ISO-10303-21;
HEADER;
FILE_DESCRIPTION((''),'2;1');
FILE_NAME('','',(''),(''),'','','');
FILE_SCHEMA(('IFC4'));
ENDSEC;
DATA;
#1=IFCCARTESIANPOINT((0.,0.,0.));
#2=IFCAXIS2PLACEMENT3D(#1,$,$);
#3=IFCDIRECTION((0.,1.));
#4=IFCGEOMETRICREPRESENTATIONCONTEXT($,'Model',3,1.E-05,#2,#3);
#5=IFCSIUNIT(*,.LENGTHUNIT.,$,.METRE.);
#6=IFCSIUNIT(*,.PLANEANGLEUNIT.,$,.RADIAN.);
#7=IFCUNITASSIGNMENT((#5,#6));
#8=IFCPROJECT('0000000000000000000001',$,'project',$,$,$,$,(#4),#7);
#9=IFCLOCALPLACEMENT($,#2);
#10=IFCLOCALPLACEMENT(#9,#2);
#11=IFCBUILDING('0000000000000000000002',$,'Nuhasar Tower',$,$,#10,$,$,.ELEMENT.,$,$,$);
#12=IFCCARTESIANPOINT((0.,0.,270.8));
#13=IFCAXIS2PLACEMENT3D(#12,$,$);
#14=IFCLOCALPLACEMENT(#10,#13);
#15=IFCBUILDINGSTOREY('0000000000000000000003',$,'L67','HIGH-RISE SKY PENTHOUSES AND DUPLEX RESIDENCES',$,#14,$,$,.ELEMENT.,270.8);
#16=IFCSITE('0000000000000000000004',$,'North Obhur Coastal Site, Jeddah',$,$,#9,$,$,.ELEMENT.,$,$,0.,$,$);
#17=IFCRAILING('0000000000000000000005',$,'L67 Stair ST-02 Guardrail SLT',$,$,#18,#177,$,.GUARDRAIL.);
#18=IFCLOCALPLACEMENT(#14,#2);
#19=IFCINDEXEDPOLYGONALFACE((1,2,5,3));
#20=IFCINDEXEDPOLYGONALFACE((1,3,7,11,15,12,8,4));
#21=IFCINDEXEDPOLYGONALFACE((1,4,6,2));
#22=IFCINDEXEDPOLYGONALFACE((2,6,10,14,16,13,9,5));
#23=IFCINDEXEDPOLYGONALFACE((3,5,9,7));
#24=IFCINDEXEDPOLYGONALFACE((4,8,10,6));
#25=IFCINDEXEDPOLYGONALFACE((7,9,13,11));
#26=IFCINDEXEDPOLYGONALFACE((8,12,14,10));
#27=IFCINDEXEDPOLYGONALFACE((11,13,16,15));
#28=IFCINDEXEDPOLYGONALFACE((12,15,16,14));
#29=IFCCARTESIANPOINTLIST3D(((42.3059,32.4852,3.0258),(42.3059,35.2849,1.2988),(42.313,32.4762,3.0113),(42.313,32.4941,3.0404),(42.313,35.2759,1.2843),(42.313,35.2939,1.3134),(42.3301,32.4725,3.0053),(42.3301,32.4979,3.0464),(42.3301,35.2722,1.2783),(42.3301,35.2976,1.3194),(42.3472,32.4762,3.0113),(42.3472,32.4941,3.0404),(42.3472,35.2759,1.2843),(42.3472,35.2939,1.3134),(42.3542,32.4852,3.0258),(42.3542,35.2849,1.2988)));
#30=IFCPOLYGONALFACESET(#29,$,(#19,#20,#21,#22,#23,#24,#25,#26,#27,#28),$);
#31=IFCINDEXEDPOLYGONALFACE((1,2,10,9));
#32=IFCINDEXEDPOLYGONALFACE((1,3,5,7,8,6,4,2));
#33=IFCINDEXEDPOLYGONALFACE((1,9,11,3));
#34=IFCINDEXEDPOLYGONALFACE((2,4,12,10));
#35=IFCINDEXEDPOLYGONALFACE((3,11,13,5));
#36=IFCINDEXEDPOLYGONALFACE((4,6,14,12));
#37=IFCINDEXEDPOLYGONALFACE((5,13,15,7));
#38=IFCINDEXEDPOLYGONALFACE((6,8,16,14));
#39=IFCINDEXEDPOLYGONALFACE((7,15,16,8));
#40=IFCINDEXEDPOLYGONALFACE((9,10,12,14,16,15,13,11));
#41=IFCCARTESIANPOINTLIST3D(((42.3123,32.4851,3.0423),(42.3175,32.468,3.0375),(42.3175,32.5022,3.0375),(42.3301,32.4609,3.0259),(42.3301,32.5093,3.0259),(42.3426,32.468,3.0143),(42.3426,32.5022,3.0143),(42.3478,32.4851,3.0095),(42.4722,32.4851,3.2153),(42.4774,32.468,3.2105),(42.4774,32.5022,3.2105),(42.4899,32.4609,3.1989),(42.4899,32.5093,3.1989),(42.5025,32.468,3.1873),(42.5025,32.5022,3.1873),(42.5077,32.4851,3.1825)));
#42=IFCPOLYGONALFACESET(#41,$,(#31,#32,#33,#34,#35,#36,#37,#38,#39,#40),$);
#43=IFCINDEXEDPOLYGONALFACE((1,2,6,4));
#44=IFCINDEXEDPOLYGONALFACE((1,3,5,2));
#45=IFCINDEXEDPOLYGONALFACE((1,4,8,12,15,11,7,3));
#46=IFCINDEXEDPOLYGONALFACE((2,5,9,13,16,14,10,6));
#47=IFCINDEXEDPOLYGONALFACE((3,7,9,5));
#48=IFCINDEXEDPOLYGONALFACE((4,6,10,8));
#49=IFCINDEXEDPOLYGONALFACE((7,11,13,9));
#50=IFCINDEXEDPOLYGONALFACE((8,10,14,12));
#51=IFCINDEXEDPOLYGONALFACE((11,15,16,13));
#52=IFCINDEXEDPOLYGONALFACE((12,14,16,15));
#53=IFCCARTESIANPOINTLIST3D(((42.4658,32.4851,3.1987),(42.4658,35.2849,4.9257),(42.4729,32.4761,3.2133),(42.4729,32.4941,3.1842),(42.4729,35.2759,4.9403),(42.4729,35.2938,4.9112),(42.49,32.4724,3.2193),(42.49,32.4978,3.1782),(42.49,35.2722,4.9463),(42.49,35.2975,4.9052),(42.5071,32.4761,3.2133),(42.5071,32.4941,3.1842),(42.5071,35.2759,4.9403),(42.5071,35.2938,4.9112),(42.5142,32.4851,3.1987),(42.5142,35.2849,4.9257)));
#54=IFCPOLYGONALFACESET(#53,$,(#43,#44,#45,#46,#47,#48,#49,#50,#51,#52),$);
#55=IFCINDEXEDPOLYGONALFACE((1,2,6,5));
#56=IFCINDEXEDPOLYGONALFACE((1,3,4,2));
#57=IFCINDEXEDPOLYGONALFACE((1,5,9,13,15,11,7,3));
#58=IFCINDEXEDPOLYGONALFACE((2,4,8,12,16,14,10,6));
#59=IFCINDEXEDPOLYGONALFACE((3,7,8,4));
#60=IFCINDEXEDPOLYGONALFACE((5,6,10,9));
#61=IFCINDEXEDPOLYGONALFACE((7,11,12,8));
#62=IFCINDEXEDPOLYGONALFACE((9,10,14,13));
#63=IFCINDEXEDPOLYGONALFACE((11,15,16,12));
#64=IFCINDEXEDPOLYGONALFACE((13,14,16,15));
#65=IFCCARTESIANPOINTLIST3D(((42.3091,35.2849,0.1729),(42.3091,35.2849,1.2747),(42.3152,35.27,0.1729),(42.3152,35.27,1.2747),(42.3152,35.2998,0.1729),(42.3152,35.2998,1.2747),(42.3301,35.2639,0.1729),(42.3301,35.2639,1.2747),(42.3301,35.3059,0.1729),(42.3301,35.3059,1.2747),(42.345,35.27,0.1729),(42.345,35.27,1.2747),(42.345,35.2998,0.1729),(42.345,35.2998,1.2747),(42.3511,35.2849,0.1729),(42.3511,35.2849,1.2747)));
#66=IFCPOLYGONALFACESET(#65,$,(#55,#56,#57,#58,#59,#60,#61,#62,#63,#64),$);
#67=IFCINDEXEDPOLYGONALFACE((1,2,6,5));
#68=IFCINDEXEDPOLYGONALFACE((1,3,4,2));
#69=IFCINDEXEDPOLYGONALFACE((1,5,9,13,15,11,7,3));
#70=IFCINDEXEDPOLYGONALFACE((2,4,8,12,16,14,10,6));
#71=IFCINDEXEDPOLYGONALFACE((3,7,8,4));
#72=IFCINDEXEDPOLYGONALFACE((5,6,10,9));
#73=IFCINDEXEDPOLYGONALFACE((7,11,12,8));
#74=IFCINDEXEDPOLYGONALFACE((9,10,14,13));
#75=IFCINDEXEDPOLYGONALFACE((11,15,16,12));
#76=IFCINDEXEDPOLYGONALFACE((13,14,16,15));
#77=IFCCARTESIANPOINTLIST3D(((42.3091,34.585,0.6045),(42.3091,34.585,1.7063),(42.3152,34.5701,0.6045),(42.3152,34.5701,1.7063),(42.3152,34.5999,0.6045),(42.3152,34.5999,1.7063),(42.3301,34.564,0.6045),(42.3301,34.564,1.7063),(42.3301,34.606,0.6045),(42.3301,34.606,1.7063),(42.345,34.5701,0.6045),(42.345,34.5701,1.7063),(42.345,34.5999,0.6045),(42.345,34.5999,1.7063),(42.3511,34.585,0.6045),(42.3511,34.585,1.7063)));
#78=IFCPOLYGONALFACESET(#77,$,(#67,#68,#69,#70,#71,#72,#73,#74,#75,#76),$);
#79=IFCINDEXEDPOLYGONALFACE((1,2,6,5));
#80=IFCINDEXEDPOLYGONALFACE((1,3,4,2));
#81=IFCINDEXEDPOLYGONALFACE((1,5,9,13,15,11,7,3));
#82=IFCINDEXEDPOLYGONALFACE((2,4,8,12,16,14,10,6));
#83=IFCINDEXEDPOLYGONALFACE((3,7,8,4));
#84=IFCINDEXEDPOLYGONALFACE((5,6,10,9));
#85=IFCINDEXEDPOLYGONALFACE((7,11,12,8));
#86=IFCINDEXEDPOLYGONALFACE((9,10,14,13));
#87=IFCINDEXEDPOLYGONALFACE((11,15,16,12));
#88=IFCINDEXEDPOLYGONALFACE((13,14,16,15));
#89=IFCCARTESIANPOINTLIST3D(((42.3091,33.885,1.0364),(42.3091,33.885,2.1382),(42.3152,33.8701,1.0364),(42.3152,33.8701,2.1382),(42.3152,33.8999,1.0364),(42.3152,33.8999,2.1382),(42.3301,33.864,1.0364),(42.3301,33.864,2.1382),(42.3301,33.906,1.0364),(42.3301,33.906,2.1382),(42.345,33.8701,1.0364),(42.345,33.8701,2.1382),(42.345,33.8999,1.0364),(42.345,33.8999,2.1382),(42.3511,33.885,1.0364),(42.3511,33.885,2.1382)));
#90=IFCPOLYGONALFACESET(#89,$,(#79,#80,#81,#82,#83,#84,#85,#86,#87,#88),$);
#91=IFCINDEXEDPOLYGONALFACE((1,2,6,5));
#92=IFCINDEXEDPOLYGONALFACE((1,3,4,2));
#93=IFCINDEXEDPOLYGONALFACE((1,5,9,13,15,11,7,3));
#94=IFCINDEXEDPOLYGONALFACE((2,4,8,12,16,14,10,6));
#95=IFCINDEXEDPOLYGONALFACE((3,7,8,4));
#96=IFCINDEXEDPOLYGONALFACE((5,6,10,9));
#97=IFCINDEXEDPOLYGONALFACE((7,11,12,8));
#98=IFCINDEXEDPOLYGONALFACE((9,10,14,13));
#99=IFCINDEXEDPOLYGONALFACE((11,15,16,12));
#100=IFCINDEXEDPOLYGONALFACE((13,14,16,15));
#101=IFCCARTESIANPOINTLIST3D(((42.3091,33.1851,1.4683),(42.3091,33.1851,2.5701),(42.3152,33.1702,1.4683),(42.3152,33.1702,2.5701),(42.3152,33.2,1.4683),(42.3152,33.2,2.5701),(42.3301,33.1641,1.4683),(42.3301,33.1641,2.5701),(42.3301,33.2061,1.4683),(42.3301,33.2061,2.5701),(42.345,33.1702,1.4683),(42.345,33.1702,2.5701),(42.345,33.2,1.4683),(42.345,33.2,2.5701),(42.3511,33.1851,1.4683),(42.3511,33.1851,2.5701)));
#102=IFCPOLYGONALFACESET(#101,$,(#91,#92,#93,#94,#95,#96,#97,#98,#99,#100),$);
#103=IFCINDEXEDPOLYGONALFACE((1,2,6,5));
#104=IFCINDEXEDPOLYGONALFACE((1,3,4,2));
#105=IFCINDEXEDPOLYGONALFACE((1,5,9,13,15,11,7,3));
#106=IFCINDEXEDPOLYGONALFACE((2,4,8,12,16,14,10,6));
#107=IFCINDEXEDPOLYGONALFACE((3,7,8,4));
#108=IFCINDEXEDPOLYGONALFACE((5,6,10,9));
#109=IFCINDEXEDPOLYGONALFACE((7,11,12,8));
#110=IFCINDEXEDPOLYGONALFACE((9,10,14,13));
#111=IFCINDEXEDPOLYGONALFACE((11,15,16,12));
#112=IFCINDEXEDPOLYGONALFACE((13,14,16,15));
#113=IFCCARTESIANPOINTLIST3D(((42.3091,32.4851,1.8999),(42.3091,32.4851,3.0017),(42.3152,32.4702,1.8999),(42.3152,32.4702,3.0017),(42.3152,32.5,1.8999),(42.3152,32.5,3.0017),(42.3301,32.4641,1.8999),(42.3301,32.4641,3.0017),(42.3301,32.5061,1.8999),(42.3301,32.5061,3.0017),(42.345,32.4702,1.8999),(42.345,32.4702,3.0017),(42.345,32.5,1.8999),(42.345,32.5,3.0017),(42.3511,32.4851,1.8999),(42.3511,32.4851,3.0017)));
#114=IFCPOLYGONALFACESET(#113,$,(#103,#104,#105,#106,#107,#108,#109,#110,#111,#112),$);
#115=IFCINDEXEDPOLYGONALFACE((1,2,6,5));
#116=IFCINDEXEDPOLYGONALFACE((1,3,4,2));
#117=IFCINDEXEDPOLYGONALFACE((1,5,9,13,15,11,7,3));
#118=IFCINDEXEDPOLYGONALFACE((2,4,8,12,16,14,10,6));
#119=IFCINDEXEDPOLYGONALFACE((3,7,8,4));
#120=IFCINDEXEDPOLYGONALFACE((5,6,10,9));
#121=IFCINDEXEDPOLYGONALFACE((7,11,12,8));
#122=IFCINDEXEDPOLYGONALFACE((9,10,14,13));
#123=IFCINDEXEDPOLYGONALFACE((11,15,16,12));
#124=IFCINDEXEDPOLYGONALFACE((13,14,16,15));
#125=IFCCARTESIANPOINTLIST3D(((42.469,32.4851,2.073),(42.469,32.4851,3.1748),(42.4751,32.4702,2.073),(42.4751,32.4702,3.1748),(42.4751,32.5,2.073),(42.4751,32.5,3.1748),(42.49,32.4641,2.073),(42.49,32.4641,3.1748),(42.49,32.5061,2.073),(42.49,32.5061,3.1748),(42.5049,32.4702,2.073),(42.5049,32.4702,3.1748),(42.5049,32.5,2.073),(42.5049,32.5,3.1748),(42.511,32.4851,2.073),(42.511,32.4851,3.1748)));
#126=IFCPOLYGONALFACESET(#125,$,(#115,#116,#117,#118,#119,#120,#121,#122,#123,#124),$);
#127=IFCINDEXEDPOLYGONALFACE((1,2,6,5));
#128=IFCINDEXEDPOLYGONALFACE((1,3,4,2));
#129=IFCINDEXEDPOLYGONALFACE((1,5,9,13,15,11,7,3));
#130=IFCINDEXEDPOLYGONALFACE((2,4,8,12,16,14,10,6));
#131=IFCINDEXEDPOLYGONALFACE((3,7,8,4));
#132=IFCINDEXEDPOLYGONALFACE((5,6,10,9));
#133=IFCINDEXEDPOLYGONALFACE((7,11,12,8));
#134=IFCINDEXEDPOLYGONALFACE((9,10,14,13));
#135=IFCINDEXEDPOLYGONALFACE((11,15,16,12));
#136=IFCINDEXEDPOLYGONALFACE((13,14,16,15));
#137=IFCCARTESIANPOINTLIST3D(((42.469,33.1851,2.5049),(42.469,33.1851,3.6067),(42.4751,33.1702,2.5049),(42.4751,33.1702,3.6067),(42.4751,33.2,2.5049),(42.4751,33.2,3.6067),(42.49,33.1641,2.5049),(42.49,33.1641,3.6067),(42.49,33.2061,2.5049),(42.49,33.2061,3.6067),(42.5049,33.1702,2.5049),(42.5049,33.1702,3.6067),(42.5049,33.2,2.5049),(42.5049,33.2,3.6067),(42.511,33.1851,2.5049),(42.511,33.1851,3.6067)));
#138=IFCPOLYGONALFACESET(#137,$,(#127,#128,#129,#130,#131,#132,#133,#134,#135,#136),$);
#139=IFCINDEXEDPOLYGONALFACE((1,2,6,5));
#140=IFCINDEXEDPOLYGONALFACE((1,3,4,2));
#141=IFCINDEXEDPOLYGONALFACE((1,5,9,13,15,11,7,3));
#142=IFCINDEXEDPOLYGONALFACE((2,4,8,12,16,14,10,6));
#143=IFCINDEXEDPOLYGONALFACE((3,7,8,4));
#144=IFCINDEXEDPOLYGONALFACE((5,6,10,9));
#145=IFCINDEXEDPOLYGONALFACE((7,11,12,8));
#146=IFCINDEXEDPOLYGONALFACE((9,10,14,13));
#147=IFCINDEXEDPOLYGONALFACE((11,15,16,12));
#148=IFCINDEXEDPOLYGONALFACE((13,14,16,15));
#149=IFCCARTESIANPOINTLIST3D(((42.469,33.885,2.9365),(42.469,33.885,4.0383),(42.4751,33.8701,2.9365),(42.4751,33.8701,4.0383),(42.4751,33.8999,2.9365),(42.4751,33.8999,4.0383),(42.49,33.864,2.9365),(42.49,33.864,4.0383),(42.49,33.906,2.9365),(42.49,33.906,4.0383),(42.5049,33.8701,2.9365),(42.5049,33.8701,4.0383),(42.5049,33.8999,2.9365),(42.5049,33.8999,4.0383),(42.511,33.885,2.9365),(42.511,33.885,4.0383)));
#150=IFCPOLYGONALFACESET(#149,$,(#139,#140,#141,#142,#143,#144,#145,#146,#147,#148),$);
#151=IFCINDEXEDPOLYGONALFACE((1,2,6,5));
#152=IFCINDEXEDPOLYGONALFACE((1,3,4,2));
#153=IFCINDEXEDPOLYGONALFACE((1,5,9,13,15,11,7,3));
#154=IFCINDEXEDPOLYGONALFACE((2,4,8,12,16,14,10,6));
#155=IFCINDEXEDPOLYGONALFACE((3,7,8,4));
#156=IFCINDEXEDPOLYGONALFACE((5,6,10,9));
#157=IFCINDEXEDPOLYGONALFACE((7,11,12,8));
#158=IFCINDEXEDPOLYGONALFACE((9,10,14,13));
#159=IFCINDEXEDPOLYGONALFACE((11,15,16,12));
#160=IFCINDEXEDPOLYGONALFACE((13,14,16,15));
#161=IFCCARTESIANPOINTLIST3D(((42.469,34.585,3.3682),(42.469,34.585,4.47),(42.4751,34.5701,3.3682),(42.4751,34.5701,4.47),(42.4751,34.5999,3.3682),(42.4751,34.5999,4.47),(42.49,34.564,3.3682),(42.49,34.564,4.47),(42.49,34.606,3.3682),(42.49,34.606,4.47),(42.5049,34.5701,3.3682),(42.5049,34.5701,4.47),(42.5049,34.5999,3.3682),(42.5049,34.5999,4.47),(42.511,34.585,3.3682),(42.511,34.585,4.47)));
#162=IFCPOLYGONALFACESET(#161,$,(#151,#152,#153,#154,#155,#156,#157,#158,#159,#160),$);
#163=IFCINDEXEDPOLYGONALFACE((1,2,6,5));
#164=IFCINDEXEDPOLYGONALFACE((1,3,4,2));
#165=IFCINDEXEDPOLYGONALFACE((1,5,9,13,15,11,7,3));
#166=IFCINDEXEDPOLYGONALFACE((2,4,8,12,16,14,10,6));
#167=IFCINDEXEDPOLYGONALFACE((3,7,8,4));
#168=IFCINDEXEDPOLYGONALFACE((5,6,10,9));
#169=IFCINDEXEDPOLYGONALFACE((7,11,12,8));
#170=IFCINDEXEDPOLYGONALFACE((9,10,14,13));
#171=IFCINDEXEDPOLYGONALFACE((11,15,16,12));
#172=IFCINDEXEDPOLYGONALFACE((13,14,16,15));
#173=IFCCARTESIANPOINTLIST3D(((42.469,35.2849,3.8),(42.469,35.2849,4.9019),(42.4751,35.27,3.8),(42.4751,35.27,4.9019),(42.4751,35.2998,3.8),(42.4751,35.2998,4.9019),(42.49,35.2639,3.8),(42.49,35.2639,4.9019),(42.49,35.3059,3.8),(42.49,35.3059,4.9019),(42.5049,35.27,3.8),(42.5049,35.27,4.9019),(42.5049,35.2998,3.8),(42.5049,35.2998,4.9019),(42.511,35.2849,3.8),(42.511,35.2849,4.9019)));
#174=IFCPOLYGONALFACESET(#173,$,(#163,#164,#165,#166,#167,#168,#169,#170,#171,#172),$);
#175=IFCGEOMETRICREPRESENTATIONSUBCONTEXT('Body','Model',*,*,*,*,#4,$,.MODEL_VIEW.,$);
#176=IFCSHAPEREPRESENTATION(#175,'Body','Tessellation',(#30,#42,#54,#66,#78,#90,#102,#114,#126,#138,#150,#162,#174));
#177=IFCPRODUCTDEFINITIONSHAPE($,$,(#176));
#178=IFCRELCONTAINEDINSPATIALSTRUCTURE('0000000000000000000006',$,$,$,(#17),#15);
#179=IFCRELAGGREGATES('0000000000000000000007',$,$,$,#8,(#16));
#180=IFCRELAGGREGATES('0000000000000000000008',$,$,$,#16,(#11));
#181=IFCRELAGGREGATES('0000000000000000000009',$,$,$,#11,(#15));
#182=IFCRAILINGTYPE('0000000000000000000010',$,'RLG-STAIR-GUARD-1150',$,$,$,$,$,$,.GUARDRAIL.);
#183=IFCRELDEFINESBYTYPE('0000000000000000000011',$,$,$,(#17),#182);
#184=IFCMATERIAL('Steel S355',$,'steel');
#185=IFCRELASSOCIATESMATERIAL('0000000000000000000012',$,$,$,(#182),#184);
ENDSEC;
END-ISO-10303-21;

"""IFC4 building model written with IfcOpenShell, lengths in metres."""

from ifc_helpers import new_model, si_unit, direction, frame, origin, place, context, subcontext, project, spatial, polyline, outline, extrude, material, type_object, element, save


model = new_model("IFC4")

# Units and contexts
model_context = context("Model", 3, precision=1e-05, world=origin(), true_north=direction((0.0, 1.0)))
body_context = subcontext(model_context, "Body", "Model", "MODEL_VIEW")
ifc_project = project(units=[si_unit("LENGTHUNIT", "METRE"), si_unit("PLANEANGLEUNIT", "RADIAN")], contexts=[model_context])

# Site, building, storey
site_placement = place(None, origin())
site = spatial("IfcSite", under=ifc_project, at=site_placement, Name="North Obhur Coastal Site, Jeddah", CompositionType="ELEMENT", RefElevation=0.0)
building_placement = place(site_placement, origin())
building = spatial("IfcBuilding", under=site, at=building_placement, Name="Nuhasar Tower", CompositionType="ELEMENT")
storey_placement = place(building_placement, frame((0.0, 0.0, 270.8)))
storey = spatial("IfcBuildingStorey", under=building, at=storey_placement, Name="L67", Description="HIGH-RISE SKY PENTHOUSES AND DUPLEX RESIDENCES", CompositionType="ELEMENT", Elevation=270.8)

# Shared definitions
ifc_material_1 = material(Name="Steel S355", Category="steel")

# Railing
railing_type_1 = type_object("IfcRailingType", Name="RLG-STAIR-GUARD-1150", PredefinedType="GUARDRAIL", material=ifc_material_1)
railing_1_placement = place(storey_placement, frame((42.3301, 35.2849, 0.1729)))
element("IfcRailing", 1, at=railing_1_placement, inside=storey, type_object=railing_type_1, Name="L67 Stair ST-02 Guardrail SLT", PredefinedType="GUARDRAIL", context=body_context, shape_type="SweptSolid", body=[
    extrude(outline(polyline([(0.0242, 0.0), (0.0171, 0.0171), (0.0, 0.0242), (-0.0171, 0.0171), (-0.0242, 0.0), (-0.0171, -0.0171), (0.0, -0.0242), (0.0171, -0.0171), (0.0242, 0.0)])), frame((0.0, 0.0, 1.126), z_axis=(0.0, -0.851102, 0.525), x_axis=(1.0, 0.0, 0.0)), (0.0, 0.0, 1.0), 3.2896),
    extrude(outline(polyline([(0.0242, 0.0), (0.0171, 0.0171), (0.0, 0.0242), (-0.0171, 0.0171), (-0.0242, 0.0), (-0.0171, -0.0171), (0.0, -0.0242), (0.0171, -0.0171), (0.0242, 0.0)])), frame((0.0, -2.7998, 2.853), z_axis=(0.678581, 0.0, 0.734525), x_axis=(0.0, 1.0, 0.0)), (0.0, 0.0, 1.0), 0.2356),
    extrude(outline(polyline([(0.0242, 0.0), (0.0171, 0.0171), (0.0, 0.0242), (-0.0171, 0.0171), (-0.0242, 0.0), (-0.0171, -0.0171), (0.0, -0.0242), (0.0171, -0.0171), (0.0242, 0.0)])), frame((0.1599, -2.7998, 3.0259), z_axis=(0.0, 0.851102, 0.525), x_axis=(-1.0, 0.0, 0.0)), (0.0, 0.0, 1.0), 3.2896),
    extrude(outline(polyline([(0.021, 0.0), (0.0149, 0.0149), (0.0, 0.021), (-0.0149, 0.0149), (-0.021, 0.0), (-0.0149, -0.0149), (0.0, -0.021), (0.0149, -0.0149), (0.021, 0.0)])), origin(), (0.0, 0.0, 1.0), 1.1018),
    extrude(outline(polyline([(0.021, 0.0), (0.0149, 0.0149), (0.0, 0.021), (-0.0149, 0.0149), (-0.021, 0.0), (-0.0149, -0.0149), (0.0, -0.021), (0.0149, -0.0149), (0.021, 0.0)])), frame((0.0, -0.7, 0.4316)), (0.0, 0.0, 1.0), 1.1018),
    extrude(outline(polyline([(0.021, 0.0), (0.0149, 0.0149), (0.0, 0.021), (-0.0149, 0.0149), (-0.021, 0.0), (-0.0149, -0.0149), (0.0, -0.021), (0.0149, -0.0149), (0.021, 0.0)])), frame((0.0, -1.3999, 0.8635)), (0.0, 0.0, 1.0), 1.1018),
    extrude(outline(polyline([(0.021, 0.0), (0.0149, 0.0149), (0.0, 0.021), (-0.0149, 0.0149), (-0.021, 0.0), (-0.0149, -0.0149), (0.0, -0.021), (0.0149, -0.0149), (0.021, 0.0)])), frame((0.0, -2.0999, 1.2954)), (0.0, 0.0, 1.0), 1.1018),
    extrude(outline(polyline([(0.021, 0.0), (0.0149, 0.0149), (0.0, 0.021), (-0.0149, 0.0149), (-0.021, 0.0), (-0.0149, -0.0149), (0.0, -0.021), (0.0149, -0.0149), (0.021, 0.0)])), frame((0.0, -2.7998, 1.7271)), (0.0, 0.0, 1.0), 1.1018),
    extrude(outline(polyline([(0.021, 0.0), (0.0149, 0.0149), (0.0, 0.021), (-0.0149, 0.0149), (-0.021, 0.0), (-0.0149, -0.0149), (0.0, -0.021), (0.0149, -0.0149), (0.021, 0.0)])), frame((0.1599, -2.7998, 1.9001)), (0.0, 0.0, 1.0), 1.1018),
    extrude(outline(polyline([(0.021, 0.0), (0.0149, 0.0149), (0.0, 0.021), (-0.0149, 0.0149), (-0.021, 0.0), (-0.0149, -0.0149), (0.0, -0.021), (0.0149, -0.0149), (0.021, 0.0)])), frame((0.1599, -2.0999, 2.332)), (0.0, 0.0, 1.0), 1.1018),
    extrude(outline(polyline([(0.021, 0.0), (0.0149, 0.0149), (0.0, 0.021), (-0.0149, 0.0149), (-0.021, 0.0), (-0.0149, -0.0149), (0.0, -0.021), (0.0149, -0.0149), (0.021, 0.0)])), frame((0.1599, -1.3999, 2.7637)), (0.0, 0.0, 1.0), 1.1018),
    extrude(outline(polyline([(0.021, 0.0), (0.0149, 0.0149), (0.0, 0.021), (-0.0149, 0.0149), (-0.021, 0.0), (-0.0149, -0.0149), (0.0, -0.021), (0.0149, -0.0149), (0.021, 0.0)])), frame((0.1599, -0.7, 3.1953)), (0.0, 0.0, 1.0), 1.1018),
    extrude(outline(polyline([(0.021, 0.0), (0.0149, 0.0149), (0.0, 0.021), (-0.0149, 0.0149), (-0.021, 0.0), (-0.0149, -0.0149), (0.0, -0.021), (0.0149, -0.0149), (0.021, 0.0)])), frame((0.1599, 0.0, 3.6272)), (0.0, 0.0, 1.0), 1.1018),
])

save(model, "model.ifc")
